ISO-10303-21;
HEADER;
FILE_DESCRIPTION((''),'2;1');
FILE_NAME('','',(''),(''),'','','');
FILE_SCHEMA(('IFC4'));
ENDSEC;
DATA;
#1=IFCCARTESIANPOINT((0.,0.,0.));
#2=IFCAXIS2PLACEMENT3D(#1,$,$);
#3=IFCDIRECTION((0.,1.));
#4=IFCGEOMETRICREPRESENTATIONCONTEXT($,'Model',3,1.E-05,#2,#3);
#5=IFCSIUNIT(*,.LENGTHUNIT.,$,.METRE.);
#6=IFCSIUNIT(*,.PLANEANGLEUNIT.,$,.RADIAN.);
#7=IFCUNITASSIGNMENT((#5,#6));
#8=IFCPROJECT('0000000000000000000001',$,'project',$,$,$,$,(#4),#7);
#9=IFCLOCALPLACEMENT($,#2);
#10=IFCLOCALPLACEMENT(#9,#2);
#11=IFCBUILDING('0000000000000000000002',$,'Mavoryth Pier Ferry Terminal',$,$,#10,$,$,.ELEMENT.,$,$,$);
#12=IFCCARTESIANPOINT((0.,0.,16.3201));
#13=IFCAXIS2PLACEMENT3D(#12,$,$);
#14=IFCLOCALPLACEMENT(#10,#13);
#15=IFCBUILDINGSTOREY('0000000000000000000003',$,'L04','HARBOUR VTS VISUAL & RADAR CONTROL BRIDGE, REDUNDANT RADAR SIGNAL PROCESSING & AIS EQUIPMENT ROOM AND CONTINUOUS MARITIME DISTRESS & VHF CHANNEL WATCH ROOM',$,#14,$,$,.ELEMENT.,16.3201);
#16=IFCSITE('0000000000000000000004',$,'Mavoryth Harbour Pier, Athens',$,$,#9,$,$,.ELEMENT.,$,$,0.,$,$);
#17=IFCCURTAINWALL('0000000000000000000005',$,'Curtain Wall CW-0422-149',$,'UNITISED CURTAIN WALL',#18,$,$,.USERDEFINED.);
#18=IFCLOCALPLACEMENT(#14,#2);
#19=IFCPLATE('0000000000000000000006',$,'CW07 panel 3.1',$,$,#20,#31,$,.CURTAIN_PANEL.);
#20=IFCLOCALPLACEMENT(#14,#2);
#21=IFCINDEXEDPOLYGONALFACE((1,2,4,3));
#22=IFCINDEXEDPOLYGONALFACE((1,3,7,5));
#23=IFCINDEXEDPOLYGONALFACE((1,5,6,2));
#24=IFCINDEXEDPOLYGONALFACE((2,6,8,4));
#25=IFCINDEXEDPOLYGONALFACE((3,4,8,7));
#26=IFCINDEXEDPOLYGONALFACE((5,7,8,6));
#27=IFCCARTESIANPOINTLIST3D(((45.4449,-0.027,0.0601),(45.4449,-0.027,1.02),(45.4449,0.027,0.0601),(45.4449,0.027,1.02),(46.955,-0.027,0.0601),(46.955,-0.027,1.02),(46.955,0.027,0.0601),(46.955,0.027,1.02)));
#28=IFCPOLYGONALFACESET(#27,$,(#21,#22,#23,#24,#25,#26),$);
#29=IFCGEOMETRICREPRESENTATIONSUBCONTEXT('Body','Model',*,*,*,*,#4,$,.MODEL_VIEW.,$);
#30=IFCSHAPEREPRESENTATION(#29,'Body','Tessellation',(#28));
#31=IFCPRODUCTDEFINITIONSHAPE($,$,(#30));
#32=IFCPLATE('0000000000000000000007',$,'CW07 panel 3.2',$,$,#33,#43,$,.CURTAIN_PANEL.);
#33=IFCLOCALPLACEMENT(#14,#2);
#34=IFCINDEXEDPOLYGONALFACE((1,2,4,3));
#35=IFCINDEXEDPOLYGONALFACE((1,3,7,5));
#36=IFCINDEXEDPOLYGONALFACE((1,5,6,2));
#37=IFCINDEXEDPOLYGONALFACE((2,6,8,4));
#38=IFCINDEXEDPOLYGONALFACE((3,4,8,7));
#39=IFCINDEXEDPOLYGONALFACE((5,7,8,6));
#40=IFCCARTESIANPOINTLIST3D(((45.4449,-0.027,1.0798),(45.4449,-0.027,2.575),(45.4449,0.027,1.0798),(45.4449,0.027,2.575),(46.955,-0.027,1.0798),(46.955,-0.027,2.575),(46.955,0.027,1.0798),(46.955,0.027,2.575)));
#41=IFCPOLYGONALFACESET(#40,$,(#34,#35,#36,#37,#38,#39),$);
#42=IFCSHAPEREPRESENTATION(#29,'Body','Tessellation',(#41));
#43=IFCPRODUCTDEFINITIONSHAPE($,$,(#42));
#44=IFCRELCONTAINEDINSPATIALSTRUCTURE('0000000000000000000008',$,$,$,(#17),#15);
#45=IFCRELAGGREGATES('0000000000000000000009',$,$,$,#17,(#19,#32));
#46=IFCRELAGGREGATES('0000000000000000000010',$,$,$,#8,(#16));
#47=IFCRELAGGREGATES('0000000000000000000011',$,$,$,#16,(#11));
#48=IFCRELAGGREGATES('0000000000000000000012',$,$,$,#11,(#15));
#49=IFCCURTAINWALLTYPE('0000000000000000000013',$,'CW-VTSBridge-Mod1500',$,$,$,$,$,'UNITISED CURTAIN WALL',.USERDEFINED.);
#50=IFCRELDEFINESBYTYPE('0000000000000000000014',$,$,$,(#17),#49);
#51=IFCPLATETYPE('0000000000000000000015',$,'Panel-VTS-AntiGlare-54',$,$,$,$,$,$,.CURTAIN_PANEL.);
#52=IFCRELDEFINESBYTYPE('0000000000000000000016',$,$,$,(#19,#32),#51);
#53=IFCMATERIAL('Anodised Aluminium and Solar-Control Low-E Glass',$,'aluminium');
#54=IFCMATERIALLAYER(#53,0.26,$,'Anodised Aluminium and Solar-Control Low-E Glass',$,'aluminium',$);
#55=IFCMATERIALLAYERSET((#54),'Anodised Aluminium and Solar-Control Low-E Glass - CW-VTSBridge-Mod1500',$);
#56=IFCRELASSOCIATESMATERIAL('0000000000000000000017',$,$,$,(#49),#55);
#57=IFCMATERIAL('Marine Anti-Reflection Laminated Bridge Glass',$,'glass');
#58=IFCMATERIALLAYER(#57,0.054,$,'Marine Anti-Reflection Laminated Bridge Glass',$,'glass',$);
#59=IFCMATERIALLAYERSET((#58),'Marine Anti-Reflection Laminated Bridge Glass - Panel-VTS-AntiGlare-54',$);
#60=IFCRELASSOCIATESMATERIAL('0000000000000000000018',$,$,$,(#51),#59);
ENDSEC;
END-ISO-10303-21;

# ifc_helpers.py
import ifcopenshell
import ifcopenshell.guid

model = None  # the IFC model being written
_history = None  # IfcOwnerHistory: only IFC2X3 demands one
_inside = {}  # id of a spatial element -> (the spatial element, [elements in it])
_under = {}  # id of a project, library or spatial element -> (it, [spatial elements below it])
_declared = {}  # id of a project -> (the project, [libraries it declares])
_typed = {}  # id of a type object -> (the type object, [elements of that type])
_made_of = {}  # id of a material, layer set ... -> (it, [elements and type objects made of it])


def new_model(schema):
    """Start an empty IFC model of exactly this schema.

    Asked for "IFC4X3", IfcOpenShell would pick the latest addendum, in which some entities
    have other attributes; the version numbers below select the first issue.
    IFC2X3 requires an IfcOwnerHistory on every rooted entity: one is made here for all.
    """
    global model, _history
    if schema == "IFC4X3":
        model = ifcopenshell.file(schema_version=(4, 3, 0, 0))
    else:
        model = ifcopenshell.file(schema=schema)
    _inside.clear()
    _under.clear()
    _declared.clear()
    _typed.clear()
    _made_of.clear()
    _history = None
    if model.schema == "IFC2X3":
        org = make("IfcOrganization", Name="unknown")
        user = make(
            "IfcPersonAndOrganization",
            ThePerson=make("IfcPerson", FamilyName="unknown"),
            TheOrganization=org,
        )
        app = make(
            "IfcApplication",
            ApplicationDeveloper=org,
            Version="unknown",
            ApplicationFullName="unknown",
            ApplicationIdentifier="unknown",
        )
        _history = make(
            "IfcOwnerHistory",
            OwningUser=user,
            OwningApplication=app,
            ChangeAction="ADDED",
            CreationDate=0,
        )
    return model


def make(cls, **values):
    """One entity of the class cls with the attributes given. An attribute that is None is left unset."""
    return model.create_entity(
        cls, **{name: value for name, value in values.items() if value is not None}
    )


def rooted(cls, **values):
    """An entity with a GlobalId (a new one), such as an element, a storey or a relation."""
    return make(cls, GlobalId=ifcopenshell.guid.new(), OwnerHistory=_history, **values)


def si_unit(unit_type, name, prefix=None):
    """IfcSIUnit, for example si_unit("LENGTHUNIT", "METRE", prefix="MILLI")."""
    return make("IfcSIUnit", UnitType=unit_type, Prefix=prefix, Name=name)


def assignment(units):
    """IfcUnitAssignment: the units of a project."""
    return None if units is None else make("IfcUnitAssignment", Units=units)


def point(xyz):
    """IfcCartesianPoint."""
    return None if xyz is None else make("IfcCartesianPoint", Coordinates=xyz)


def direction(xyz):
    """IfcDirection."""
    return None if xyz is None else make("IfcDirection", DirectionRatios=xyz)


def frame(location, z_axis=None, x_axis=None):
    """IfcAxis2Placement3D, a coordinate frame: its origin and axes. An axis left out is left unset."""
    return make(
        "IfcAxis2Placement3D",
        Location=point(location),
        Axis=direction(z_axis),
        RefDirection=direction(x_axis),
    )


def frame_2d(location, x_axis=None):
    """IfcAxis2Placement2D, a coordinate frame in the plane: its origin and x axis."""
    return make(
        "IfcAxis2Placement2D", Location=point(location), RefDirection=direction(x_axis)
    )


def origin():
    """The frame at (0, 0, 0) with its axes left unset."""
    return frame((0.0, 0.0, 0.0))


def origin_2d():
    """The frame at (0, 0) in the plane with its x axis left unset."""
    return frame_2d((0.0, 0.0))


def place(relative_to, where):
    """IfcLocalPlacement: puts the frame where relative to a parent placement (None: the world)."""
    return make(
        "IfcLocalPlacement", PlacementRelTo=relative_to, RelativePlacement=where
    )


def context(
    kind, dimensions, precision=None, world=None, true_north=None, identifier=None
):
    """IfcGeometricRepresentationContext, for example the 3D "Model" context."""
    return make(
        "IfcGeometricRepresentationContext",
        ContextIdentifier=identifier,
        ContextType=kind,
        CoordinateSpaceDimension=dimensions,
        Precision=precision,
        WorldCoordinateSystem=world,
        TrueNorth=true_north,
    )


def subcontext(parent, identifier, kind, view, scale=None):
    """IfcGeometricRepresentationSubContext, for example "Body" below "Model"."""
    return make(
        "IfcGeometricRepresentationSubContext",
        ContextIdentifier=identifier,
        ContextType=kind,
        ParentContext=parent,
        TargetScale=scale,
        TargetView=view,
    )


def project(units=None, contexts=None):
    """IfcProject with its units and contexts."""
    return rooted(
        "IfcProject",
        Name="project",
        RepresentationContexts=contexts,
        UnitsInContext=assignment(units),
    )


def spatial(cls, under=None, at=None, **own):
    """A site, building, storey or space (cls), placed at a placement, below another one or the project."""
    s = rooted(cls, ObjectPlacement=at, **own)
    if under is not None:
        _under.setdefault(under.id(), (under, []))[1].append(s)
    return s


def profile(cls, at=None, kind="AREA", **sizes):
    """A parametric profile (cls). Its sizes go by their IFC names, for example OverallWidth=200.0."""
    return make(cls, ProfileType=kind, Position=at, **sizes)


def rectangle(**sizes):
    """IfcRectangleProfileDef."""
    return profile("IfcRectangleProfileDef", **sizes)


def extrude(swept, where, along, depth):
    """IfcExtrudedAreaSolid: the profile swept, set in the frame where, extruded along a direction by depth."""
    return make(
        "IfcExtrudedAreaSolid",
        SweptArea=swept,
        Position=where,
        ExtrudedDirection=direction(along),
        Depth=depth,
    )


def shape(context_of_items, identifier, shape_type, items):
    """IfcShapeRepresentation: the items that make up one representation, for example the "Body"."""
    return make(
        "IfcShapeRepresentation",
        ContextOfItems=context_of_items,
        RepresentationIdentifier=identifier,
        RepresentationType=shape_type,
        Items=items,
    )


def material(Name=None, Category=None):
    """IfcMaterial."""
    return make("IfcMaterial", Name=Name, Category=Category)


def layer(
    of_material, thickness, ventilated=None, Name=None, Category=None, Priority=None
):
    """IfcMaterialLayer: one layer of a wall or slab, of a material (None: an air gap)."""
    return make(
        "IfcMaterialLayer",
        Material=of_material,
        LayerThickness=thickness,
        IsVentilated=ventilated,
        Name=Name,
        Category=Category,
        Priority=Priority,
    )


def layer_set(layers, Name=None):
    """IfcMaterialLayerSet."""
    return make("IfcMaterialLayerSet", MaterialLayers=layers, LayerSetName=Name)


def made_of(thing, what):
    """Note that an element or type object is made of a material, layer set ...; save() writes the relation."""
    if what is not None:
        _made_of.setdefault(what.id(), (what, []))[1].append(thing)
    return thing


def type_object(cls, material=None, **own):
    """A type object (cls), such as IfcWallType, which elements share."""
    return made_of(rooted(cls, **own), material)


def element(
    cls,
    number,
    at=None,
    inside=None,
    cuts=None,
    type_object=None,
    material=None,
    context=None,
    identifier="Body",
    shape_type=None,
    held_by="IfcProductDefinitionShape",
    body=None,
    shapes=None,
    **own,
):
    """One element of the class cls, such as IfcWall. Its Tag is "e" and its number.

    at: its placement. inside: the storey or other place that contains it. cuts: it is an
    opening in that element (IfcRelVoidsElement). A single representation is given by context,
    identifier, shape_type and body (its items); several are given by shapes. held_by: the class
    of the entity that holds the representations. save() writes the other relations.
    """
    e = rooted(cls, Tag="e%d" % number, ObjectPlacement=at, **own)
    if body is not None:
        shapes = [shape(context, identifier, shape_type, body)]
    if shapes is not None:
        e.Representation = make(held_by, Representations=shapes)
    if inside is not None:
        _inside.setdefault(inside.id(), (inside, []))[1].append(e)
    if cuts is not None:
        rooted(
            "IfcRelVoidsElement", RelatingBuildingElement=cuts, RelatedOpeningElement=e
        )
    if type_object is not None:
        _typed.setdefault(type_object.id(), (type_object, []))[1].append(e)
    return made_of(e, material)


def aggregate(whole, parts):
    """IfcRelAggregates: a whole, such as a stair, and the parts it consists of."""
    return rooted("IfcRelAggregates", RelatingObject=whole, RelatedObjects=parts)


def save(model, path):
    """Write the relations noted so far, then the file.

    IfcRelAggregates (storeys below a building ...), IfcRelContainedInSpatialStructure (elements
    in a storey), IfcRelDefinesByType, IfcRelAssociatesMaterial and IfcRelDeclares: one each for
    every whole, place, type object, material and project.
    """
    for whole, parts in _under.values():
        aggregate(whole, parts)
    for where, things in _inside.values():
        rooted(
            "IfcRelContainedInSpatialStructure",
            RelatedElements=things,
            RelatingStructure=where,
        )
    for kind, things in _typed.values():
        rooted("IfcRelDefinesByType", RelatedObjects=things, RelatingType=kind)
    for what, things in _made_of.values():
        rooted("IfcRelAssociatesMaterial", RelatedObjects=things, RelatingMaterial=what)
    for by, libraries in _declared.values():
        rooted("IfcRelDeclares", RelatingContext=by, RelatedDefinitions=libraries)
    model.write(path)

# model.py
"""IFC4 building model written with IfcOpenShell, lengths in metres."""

from ifc_helpers import new_model, si_unit, direction, frame, origin, origin_2d, place, context, subcontext, project, spatial, rectangle, extrude, material, layer, layer_set, type_object, element, aggregate, save


model = new_model("IFC4")

# Units and contexts
model_context = context("Model", 3, precision=1e-05, world=origin(), true_north=direction((0.0, 1.0)))
body_context = subcontext(model_context, "Body", "Model", "MODEL_VIEW")
ifc_project = project(units=[si_unit("LENGTHUNIT", "METRE"), si_unit("PLANEANGLEUNIT", "RADIAN")], contexts=[model_context])

# Site, building, storey
site_placement = place(None, origin())
site = spatial("IfcSite", under=ifc_project, at=site_placement, Name="Mavoryth Harbour Pier, Athens", CompositionType="ELEMENT", RefElevation=0.0)
building_placement = place(site_placement, origin())
building = spatial("IfcBuilding", under=site, at=building_placement, Name="Mavoryth Pier Ferry Terminal", CompositionType="ELEMENT")
storey_placement = place(building_placement, frame((0.0, 0.0, 16.3201)))
storey = spatial("IfcBuildingStorey", under=building, at=storey_placement, Name="L04", Description="HARBOUR VTS VISUAL & RADAR CONTROL BRIDGE, REDUNDANT RADAR SIGNAL PROCESSING & AIS EQUIPMENT ROOM AND CONTINUOUS MARITIME DISTRESS & VHF CHANNEL WATCH ROOM", CompositionType="ELEMENT", Elevation=16.3201)

# Curtain wall
ifc_material_1 = material(Name="Anodised Aluminium and Solar-Control Low-E Glass", Category="aluminium")
ifc_layer_1 = layer(ifc_material_1, 0.26, Name="Anodised Aluminium and Solar-Control Low-E Glass", Category="aluminium")
ifc_layer_set_1 = layer_set([ifc_layer_1], Name="Anodised Aluminium and Solar-Control Low-E Glass - CW-VTSBridge-Mod1500")
curtain_wall_type = type_object("IfcCurtainWallType", Name="CW-VTSBridge-Mod1500", ElementType="UNITISED CURTAIN WALL", PredefinedType="USERDEFINED", material=ifc_layer_set_1)
curtain_wall_placement = place(storey_placement, origin())
curtain_wall = element("IfcCurtainWall", 1, at=curtain_wall_placement, inside=storey, type_object=curtain_wall_type, Name="Curtain Wall CW-0422-149", ObjectType="UNITISED CURTAIN WALL", PredefinedType="USERDEFINED")

# Plates
ifc_material_2 = material(Name="Marine Anti-Reflection Laminated Bridge Glass", Category="glass")
ifc_layer_2 = layer(ifc_material_2, 0.054, Name="Marine Anti-Reflection Laminated Bridge Glass", Category="glass")
ifc_layer_set_2 = layer_set([ifc_layer_2], Name="Marine Anti-Reflection Laminated Bridge Glass - Panel-VTS-AntiGlare-54")
plate_type = type_object("IfcPlateType", Name="Panel-VTS-AntiGlare-54", PredefinedType="CURTAIN_PANEL", material=ifc_layer_set_2)
plate_1_placement = place(storey_placement, frame((46.2, 0.0, 0.0601), z_axis=(0.0, 0.0, 1.0), x_axis=(1.0, 0.0, 0.0)))
plate_1 = element("IfcPlate", 2, at=plate_1_placement, type_object=plate_type, Name="CW07 panel 3.1", PredefinedType="CURTAIN_PANEL", context=body_context, shape_type="SweptSolid", body=[
    extrude(rectangle(XDim=1.51, YDim=0.054, at=origin_2d()), origin(), (0.0, 0.0, 1.0), 0.96),
])
plate_2_placement = place(storey_placement, frame((46.2, 0.0, 1.0798), z_axis=(0.0, 0.0, 1.0), x_axis=(1.0, 0.0, 0.0)))
plate_2 = element("IfcPlate", 3, at=plate_2_placement, type_object=plate_type, Name="CW07 panel 3.2", PredefinedType="CURTAIN_PANEL", context=body_context, shape_type="SweptSolid", body=[
    extrude(rectangle(XDim=1.51, YDim=0.054, at=origin_2d()), origin(), (0.0, 0.0, 1.0), 1.4951),
])
aggregate(curtain_wall, [plate_1, plate_2])

save(model, "model.ifc")
